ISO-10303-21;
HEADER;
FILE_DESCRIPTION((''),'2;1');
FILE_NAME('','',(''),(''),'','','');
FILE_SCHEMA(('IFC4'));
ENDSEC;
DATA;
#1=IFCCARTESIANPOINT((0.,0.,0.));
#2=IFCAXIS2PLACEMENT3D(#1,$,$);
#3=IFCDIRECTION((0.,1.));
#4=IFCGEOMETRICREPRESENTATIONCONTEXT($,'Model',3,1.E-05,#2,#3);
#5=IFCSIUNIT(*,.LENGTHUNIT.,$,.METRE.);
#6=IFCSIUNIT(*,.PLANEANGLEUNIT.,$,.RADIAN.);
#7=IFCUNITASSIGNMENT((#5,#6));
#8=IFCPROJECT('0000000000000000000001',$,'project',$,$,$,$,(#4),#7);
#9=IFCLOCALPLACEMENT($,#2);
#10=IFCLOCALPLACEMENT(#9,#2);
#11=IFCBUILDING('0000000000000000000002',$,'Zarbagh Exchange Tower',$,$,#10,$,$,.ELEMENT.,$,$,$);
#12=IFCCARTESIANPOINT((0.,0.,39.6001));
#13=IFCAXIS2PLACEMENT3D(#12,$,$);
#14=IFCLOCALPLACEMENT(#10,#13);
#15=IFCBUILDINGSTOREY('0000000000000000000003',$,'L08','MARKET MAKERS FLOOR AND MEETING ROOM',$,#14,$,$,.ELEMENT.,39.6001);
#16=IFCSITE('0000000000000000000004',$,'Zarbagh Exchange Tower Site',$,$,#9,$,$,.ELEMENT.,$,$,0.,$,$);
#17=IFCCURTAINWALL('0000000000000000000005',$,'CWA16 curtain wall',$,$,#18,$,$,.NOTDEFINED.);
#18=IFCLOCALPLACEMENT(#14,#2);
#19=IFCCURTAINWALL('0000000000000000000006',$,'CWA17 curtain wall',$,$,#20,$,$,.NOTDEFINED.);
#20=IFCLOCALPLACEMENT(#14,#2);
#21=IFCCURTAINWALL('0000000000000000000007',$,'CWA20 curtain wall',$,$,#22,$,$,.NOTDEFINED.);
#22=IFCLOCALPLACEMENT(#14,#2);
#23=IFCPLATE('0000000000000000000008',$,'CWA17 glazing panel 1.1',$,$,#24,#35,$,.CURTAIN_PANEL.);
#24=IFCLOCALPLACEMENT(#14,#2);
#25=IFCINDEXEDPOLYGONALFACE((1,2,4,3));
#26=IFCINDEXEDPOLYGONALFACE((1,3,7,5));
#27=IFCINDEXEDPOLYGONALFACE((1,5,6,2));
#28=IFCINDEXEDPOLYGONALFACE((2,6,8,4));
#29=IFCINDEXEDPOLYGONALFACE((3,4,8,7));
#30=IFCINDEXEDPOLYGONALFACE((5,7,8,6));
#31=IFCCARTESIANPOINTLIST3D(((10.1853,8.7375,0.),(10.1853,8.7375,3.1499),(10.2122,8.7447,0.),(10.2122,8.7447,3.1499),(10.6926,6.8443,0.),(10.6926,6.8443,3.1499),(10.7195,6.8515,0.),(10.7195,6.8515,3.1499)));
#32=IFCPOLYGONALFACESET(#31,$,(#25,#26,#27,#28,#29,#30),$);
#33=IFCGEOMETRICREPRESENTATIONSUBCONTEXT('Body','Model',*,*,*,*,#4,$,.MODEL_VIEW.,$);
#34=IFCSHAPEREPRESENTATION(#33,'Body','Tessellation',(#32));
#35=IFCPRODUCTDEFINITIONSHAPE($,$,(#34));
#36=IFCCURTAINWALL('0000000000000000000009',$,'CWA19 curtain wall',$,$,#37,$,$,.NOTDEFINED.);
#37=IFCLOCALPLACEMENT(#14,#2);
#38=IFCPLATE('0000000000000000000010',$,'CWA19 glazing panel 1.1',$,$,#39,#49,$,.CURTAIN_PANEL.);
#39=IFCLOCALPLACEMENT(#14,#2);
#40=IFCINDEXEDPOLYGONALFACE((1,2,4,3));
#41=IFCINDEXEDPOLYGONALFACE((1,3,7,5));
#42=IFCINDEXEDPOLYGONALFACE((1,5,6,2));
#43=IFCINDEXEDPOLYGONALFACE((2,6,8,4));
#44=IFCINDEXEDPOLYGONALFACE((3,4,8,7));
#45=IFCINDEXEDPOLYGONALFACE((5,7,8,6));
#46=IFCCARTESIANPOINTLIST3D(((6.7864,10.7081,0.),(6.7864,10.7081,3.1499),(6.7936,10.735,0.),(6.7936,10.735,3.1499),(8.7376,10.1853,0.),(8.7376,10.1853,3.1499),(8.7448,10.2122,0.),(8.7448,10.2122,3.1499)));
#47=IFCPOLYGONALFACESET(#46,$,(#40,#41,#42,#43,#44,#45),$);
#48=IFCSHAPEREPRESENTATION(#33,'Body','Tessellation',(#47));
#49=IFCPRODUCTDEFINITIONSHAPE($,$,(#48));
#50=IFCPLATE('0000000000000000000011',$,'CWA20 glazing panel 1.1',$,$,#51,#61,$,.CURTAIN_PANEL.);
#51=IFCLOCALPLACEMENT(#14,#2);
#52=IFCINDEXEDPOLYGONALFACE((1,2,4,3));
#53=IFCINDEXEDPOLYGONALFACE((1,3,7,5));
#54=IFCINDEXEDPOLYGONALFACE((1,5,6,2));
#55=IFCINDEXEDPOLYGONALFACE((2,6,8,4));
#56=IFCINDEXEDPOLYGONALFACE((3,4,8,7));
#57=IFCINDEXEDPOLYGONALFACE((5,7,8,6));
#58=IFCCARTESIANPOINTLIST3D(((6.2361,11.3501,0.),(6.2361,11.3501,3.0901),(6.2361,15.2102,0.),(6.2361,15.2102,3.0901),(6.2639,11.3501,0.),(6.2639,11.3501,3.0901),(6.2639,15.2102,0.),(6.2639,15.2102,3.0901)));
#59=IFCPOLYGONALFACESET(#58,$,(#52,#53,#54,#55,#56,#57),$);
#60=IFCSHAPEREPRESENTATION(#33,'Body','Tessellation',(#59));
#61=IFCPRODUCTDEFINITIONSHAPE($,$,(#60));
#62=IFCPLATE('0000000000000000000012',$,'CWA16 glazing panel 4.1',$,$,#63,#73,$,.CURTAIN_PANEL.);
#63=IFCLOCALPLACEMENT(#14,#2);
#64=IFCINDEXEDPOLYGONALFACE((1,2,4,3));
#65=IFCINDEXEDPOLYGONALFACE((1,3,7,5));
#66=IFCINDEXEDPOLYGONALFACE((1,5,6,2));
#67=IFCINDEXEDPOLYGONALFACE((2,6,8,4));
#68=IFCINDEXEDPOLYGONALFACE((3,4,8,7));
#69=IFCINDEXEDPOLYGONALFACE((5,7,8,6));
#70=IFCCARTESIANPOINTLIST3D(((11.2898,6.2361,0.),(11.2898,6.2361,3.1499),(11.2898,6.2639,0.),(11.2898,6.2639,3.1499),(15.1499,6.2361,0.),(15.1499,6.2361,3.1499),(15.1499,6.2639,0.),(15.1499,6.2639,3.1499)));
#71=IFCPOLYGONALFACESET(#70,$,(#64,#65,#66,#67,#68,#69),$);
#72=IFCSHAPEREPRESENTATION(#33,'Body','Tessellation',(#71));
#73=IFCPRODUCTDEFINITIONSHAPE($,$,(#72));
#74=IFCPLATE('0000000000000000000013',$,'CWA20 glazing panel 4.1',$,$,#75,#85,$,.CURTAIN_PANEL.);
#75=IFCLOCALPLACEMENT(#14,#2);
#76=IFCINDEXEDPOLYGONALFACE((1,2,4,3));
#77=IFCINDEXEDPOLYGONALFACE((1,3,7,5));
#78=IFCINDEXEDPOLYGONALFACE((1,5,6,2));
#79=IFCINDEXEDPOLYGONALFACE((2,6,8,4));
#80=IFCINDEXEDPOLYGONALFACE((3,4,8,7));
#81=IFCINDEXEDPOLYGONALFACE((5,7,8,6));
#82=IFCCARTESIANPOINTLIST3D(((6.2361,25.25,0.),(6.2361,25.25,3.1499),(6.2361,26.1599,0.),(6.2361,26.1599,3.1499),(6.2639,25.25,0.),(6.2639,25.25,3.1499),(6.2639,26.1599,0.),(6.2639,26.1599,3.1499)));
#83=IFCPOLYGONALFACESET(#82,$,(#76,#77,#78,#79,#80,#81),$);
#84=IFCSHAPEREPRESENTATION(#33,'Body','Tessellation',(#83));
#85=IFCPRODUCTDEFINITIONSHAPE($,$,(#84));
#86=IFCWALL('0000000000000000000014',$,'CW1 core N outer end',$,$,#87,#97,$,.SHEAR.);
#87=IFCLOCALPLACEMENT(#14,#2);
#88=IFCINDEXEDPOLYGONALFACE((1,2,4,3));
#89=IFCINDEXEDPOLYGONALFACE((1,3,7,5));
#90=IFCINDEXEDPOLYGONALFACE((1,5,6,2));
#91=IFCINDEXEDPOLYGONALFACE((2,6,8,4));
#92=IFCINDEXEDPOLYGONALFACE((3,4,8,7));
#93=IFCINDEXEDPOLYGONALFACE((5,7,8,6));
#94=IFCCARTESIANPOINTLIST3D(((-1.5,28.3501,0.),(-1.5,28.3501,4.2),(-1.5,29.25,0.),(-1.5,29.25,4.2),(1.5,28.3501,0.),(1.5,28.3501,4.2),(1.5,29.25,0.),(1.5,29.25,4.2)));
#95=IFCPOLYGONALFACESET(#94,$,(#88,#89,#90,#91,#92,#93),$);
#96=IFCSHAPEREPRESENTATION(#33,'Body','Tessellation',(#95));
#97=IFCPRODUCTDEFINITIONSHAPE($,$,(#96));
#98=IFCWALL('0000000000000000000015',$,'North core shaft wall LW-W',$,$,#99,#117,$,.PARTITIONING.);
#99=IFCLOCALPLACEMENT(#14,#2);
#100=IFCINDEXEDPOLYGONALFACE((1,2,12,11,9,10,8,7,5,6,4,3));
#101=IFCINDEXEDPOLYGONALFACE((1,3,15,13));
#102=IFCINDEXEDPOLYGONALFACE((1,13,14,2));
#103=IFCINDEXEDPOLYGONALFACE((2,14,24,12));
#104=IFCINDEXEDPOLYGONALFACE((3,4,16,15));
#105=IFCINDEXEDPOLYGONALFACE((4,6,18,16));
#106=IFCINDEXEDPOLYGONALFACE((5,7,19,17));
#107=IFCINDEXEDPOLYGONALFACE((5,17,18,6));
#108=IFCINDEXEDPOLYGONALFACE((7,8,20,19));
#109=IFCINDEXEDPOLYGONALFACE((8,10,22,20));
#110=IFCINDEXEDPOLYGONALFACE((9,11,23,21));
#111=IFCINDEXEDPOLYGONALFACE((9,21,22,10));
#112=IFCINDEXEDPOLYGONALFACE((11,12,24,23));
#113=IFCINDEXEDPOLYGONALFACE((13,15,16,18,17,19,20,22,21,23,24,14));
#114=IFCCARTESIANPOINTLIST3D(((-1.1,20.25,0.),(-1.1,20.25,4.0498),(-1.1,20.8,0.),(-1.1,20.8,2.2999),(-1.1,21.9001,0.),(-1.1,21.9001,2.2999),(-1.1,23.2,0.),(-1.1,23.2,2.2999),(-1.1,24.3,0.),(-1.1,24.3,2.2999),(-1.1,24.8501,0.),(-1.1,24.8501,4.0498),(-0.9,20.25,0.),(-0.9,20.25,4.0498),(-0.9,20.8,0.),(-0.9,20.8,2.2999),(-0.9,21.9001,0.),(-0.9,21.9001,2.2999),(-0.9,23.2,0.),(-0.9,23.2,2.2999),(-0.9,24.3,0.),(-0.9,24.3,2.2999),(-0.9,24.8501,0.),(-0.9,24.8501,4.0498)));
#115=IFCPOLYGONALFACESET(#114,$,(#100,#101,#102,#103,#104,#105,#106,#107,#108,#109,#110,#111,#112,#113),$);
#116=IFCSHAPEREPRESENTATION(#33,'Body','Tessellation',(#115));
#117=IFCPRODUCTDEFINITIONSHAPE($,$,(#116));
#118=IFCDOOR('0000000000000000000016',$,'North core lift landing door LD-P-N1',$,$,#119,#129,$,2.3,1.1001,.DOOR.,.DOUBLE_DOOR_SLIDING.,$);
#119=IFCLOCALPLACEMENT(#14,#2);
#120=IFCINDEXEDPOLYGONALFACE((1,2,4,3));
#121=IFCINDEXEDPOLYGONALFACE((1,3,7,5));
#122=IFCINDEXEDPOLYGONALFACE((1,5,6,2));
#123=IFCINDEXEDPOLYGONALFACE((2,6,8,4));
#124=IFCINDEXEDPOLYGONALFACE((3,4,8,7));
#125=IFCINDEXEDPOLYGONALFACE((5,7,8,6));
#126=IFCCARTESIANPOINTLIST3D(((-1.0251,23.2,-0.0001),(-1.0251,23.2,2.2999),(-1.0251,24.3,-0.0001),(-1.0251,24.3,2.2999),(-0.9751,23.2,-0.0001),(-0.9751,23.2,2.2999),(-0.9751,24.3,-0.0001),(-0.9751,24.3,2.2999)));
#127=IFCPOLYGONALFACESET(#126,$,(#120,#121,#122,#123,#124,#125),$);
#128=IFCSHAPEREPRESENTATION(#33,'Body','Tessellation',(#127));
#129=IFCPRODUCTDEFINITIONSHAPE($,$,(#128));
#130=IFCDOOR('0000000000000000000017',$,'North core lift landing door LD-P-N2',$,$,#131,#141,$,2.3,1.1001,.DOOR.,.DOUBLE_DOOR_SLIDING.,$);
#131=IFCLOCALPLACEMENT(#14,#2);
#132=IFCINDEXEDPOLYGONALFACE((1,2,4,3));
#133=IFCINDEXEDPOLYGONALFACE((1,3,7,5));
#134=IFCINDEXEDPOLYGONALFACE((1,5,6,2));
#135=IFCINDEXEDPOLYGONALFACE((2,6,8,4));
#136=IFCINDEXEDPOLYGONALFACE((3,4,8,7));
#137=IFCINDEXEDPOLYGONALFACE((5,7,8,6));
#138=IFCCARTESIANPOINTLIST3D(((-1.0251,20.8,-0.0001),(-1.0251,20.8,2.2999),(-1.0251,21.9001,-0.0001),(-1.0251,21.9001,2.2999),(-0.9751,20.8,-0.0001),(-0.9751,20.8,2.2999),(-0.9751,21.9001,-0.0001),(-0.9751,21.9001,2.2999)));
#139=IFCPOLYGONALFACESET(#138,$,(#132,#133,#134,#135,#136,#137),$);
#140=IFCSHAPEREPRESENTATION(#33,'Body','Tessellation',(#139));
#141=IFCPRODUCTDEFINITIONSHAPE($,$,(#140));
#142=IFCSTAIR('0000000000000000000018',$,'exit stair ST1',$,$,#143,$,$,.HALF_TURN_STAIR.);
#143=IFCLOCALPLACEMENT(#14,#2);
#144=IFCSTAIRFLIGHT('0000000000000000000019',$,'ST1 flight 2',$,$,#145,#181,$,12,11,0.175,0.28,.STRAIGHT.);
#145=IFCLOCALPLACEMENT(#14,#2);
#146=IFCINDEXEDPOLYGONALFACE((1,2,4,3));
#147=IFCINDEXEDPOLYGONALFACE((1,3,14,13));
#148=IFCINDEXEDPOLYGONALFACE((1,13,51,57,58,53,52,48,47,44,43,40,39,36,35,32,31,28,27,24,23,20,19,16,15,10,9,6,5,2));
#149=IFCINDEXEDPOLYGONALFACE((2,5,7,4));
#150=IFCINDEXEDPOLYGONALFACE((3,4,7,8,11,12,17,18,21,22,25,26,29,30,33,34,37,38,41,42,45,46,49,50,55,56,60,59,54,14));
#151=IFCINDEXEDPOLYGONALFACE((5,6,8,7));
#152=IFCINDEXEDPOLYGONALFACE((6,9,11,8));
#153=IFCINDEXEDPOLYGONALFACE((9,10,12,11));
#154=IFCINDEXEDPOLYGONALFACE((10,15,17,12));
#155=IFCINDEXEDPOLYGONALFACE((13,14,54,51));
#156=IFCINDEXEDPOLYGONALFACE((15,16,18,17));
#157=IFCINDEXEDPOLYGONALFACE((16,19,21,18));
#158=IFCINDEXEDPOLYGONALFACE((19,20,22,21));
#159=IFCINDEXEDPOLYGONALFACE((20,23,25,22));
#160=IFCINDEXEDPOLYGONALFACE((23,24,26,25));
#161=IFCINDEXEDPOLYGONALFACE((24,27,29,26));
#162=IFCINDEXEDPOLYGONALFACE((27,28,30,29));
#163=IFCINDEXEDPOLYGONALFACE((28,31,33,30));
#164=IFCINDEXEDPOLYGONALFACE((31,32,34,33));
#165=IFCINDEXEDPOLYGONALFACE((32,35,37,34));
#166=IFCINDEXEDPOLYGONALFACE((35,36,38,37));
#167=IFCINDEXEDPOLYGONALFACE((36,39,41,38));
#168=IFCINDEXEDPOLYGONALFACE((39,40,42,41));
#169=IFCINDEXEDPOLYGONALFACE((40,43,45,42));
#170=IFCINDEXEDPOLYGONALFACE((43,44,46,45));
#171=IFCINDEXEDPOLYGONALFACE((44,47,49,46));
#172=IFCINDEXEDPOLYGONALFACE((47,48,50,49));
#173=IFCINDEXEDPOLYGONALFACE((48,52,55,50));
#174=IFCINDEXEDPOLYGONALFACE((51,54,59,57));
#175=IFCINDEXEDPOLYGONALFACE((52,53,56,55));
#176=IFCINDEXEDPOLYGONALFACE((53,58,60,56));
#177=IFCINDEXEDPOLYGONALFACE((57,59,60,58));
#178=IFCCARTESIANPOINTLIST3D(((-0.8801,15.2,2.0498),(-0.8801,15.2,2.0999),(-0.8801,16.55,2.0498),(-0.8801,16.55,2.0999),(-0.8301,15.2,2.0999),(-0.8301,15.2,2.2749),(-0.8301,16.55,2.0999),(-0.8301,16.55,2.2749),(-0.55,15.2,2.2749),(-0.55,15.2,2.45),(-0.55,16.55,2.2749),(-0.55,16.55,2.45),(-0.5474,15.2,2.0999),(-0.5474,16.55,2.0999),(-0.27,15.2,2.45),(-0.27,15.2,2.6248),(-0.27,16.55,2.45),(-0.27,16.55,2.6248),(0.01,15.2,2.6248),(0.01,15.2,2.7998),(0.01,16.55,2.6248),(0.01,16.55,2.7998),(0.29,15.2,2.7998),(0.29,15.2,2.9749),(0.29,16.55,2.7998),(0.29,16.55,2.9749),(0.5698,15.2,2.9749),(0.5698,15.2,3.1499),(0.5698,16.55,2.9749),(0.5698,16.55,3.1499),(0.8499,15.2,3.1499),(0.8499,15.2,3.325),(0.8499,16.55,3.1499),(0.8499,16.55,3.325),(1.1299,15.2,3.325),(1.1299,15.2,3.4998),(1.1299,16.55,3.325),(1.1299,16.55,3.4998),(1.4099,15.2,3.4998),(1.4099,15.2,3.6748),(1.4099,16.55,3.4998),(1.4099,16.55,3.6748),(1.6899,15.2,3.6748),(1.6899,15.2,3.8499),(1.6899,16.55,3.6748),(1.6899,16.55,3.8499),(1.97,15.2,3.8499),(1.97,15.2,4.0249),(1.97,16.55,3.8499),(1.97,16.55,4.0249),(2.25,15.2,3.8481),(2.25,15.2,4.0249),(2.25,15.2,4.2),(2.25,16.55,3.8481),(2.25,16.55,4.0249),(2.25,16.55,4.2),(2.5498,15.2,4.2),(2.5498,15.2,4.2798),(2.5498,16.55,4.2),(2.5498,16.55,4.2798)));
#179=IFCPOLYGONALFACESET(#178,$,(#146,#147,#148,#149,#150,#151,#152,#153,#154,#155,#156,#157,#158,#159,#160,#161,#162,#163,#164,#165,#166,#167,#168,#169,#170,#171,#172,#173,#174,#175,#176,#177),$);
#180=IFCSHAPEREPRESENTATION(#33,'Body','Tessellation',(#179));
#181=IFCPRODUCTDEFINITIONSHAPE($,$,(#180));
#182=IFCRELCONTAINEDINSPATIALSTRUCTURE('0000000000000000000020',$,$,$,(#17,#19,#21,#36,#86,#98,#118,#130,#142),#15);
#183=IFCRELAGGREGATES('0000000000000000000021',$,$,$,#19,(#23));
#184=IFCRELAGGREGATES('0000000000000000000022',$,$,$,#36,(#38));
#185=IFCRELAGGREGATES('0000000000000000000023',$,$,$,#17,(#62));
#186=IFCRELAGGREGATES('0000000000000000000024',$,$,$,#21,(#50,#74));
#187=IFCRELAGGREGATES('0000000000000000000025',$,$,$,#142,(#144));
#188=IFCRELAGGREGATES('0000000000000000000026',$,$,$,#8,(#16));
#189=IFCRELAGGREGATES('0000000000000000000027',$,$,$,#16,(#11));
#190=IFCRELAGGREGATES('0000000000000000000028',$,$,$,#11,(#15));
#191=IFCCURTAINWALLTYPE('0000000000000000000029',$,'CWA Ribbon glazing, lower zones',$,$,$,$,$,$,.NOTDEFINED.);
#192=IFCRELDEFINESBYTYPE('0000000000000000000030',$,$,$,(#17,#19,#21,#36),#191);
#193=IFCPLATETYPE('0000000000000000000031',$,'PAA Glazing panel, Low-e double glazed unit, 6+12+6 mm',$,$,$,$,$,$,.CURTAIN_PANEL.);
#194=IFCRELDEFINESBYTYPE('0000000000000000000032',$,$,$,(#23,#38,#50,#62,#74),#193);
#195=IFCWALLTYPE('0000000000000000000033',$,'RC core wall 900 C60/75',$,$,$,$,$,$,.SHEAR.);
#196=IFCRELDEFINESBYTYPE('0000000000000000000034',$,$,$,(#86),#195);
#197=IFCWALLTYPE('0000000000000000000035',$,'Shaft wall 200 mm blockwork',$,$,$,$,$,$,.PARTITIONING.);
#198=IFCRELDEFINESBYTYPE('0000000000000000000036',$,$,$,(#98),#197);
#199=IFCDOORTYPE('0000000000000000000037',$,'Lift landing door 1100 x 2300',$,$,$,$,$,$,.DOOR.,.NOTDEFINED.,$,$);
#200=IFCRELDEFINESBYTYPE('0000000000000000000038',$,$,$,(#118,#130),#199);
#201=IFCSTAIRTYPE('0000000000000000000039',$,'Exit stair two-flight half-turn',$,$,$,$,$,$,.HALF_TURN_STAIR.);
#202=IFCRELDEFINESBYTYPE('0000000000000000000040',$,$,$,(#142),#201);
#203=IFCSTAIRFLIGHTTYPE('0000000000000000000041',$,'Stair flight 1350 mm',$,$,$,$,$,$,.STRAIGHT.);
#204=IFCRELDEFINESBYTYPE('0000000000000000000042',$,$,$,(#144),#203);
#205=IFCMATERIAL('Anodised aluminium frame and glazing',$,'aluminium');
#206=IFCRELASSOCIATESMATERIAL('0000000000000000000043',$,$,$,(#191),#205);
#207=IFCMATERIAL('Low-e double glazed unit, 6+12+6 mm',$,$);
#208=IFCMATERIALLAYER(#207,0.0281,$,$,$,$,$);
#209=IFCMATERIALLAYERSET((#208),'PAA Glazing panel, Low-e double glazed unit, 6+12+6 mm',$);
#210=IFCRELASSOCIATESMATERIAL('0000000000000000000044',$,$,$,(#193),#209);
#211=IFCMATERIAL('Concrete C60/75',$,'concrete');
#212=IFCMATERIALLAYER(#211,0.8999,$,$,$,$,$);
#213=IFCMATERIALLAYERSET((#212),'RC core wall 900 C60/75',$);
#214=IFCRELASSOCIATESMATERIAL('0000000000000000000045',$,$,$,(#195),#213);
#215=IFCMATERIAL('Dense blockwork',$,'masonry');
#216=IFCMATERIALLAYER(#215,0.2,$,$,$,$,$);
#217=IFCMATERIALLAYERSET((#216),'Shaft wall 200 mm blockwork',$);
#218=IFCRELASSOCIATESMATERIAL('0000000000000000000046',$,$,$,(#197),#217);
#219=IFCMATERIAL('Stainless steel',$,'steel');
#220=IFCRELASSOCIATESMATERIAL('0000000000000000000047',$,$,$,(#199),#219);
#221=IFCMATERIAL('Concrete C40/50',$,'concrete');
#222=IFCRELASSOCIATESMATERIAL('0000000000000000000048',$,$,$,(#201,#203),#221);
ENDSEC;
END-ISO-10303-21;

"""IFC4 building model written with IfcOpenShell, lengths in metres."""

from ifc_helpers import new_model, si_unit, direction, frame, frame_2d, origin, place, context, subcontext, project, spatial, polyline, rectangle, outline, extrude, source, transform, mapped, material, layer, layer_set, type_object, element, fill, aggregate, save


model = new_model("IFC4")

# Units and contexts
model_context = context("Model", 3, precision=1e-05, world=origin(), true_north=direction((0.0, 1.0)))
body_context = subcontext(model_context, "Body", "Model", "MODEL_VIEW")
ifc_project = project(units=[si_unit("LENGTHUNIT", "METRE"), si_unit("PLANEANGLEUNIT", "RADIAN")], contexts=[model_context])

# Site, building, storey
site_placement = place(None, origin())
site = spatial("IfcSite", under=ifc_project, at=site_placement, Name="Zarbagh Exchange Tower Site", CompositionType="ELEMENT", RefElevation=0.0)
building_placement = place(site_placement, origin())
building = spatial("IfcBuilding", under=site, at=building_placement, Name="Zarbagh Exchange Tower", CompositionType="ELEMENT")
storey_placement = place(building_placement, frame((0.0, 0.0, 39.6001)))
storey = spatial("IfcBuildingStorey", under=building, at=storey_placement, Name="L08", Description="MARKET MAKERS FLOOR AND MEETING ROOM", CompositionType="ELEMENT", Elevation=39.6001)

# Shared definitions
ifc_material_1 = material(Name="Concrete C60/75", Category="concrete")

# Curtain wall
ifc_material_2 = material(Name="Anodised aluminium frame and glazing", Category="aluminium")
curtain_wall_type = type_object("IfcCurtainWallType", Name="CWA Ribbon glazing, lower zones", PredefinedType="NOTDEFINED", material=ifc_material_2)
curtain_wall_1_placement = place(storey_placement, origin())
curtain_wall_1 = element("IfcCurtainWall", 1, at=curtain_wall_1_placement, inside=storey, type_object=curtain_wall_type, Name="CWA16 curtain wall", PredefinedType="NOTDEFINED")
placement = place(storey_placement, origin())

# Curtain wall
curtain_wall_2_placement = place(storey_placement, origin())
curtain_wall_2 = element("IfcCurtainWall", 2, at=curtain_wall_2_placement, inside=storey, type_object=curtain_wall_type, Name="CWA17 curtain wall", PredefinedType="NOTDEFINED")

# Curtain wall
curtain_wall_3_placement = place(storey_placement, origin())
curtain_wall_3 = element("IfcCurtainWall", 3, at=curtain_wall_3_placement, inside=storey, type_object=curtain_wall_type, Name="CWA20 curtain wall", PredefinedType="NOTDEFINED")

# Shared definitions
ifc_material_3 = material(Name="Low-e double glazed unit, 6+12+6 mm")
ifc_layer_1 = layer(ifc_material_3, 0.0281)
ifc_layer_set_1 = layer_set([ifc_layer_1], Name="PAA Glazing panel, Low-e double glazed unit, 6+12+6 mm")
plate_type = type_object("IfcPlateType", Name="PAA Glazing panel, Low-e double glazed unit, 6+12+6 mm", PredefinedType="CURTAIN_PANEL", material=ifc_layer_set_1)

# Plate
shared_shape_1 = source(origin(), body_context, "Body", "SweptSolid", [
    extrude(outline(polyline([(0.0, -0.0139), (1.96, -0.0139), (1.96, 0.0139), (0.0, 0.0139), (0.0, -0.0139)])), origin(), (0.0, 0.0, 1.0), 3.1499),
])
plate_1 = element("IfcPlate", 4, at=placement, type_object=plate_type, Name="CWA17 glazing panel 1.1", PredefinedType="CURTAIN_PANEL", context=body_context, shape_type="MappedRepresentation", body=[
    mapped(shared_shape_1, transform((10.7061, 6.8479, 0.0), x_axis=(-0.258825, 0.965924, 0.0), y_axis=(-0.965924, -0.258825, 0.0), z_axis=(0.0, 0.0, 1.0))),
])
aggregate(curtain_wall_2, [plate_1])

# Curtain wall, plate
curtain_wall_4_placement = place(storey_placement, origin())
curtain_wall_4 = element("IfcCurtainWall", 5, at=curtain_wall_4_placement, inside=storey, type_object=curtain_wall_type, Name="CWA19 curtain wall", PredefinedType="NOTDEFINED")
shared_shape_2 = source(origin(), body_context, "Body", "SweptSolid", [
    extrude(outline(polyline([(0.0, -0.0139), (2.02, -0.0139), (2.02, 0.0139), (0.0, 0.0139), (0.0, -0.0139)])), origin(), (0.0, 0.0, 1.0), 3.1499),
])
plate_2 = element("IfcPlate", 6, at=placement, type_object=plate_type, Name="CWA19 glazing panel 1.1", PredefinedType="CURTAIN_PANEL", context=body_context, shape_type="MappedRepresentation", body=[
    mapped(shared_shape_2, transform((8.7412, 10.1987, 0.0), x_axis=(-0.965924, 0.258825, 0.0), y_axis=(-0.258825, -0.965924, 0.0), z_axis=(0.0, 0.0, 1.0))),
])
aggregate(curtain_wall_4, [plate_2])

# Plates
shared_shape_3 = source(origin(), body_context, "Body", "SweptSolid", [
    extrude(outline(polyline([(0.0, -0.0139), (3.8601, -0.0139), (3.8601, 0.0139), (0.0, 0.0139), (0.0, -0.0139)])), origin(), (0.0, 0.0, 1.0), 3.0901),
])
plate_3 = element("IfcPlate", 7, at=placement, type_object=plate_type, Name="CWA20 glazing panel 1.1", PredefinedType="CURTAIN_PANEL", context=body_context, shape_type="MappedRepresentation", body=[
    mapped(shared_shape_3, transform((6.25, 11.3501, 0.0), x_axis=(0.0, 1.0, 0.0), y_axis=(-1.0, 0.0, 0.0), z_axis=(0.0, 0.0, 1.0))),
])
shared_shape_4 = source(origin(), body_context, "Body", "SweptSolid", [
    extrude(outline(polyline([(0.0, -0.0139), (3.8601, -0.0139), (3.8601, 0.0139), (0.0, 0.0139), (0.0, -0.0139)])), origin(), (0.0, 0.0, 1.0), 3.1499),
])
plate_4 = element("IfcPlate", 8, at=placement, type_object=plate_type, Name="CWA16 glazing panel 4.1", PredefinedType="CURTAIN_PANEL", context=body_context, shape_type="MappedRepresentation", body=[
    mapped(shared_shape_4, transform((15.1499, 6.25, 0.0), x_axis=(-1.0, 0.0, 0.0), y_axis=(0.0, -1.0, 0.0), z_axis=(0.0, 0.0, 1.0))),
])
aggregate(curtain_wall_1, [plate_4])
shared_shape_5 = source(origin(), body_context, "Body", "SweptSolid", [
    extrude(outline(polyline([(0.0, -0.0139), (0.9099, -0.0139), (0.9099, 0.0139), (0.0, 0.0139), (0.0, -0.0139)])), origin(), (0.0, 0.0, 1.0), 3.1499),
])
plate_5 = element("IfcPlate", 9, at=placement, type_object=plate_type, Name="CWA20 glazing panel 4.1", PredefinedType="CURTAIN_PANEL", context=body_context, shape_type="MappedRepresentation", body=[
    mapped(shared_shape_5, transform((6.25, 25.25, 0.0), x_axis=(0.0, 1.0, 0.0), y_axis=(-1.0, 0.0, 0.0), z_axis=(0.0, 0.0, 1.0))),
])
aggregate(curtain_wall_3, [plate_3, plate_5])

# Wall
ifc_layer_2 = layer(ifc_material_1, 0.8999)
ifc_layer_set_2 = layer_set([ifc_layer_2], Name="RC core wall 900 C60/75")
wall_type_1 = type_object("IfcWallType", Name="RC core wall 900 C60/75", PredefinedType="SHEAR", material=ifc_layer_set_2)
wall_1_placement = place(storey_placement, frame((-1.5, 28.8, 0.0), z_axis=(0.0, 0.0, 1.0), x_axis=(1.0, 0.0, 0.0)))
element("IfcWall", 10, at=wall_1_placement, inside=storey, type_object=wall_type_1, Name="CW1 core N outer end", PredefinedType="SHEAR", context=body_context, shape_type="SweptSolid", body=[
    extrude(rectangle(XDim=3.0, YDim=0.8999, at=frame_2d((1.5, 0.0))), origin(), (0.0, 0.0, 1.0), 4.2),
])

# Wall, openings, doors
ifc_material_4 = material(Name="Dense blockwork", Category="masonry")
ifc_layer_3 = layer(ifc_material_4, 0.2)
ifc_layer_set_3 = layer_set([ifc_layer_3], Name="Shaft wall 200 mm blockwork")
wall_type_2 = type_object("IfcWallType", Name="Shaft wall 200 mm blockwork", PredefinedType="PARTITIONING", material=ifc_layer_set_3)
wall_2_placement = place(storey_placement, frame((-1.0, 24.8501, 0.0), z_axis=(0.0, 0.0, 1.0), x_axis=(0.0, -1.0, 0.0)))
wall_2 = element("IfcWall", 11, at=wall_2_placement, inside=storey, type_object=wall_type_2, Name="North core shaft wall LW-W", PredefinedType="PARTITIONING", context=body_context, shape_type="SweptSolid", body=[
    extrude(rectangle(XDim=4.6001, YDim=0.2, at=frame_2d((2.3, 0.0))), origin(), (0.0, 0.0, 1.0), 4.0498),
])
opening_1_placement = place(wall_2_placement, frame((0.55, 0.0, 0.0)))
opening_1 = element("IfcOpeningElement", 12, at=opening_1_placement, cuts=wall_2, PredefinedType="OPENING", context=body_context, shape_type="SweptSolid", body=[
    extrude(rectangle(XDim=1.1001, YDim=2.3, at=frame_2d((0.55, 1.1499))), frame((0.0, 0.1099, 0.0), z_axis=(0.0, -1.0, 0.0), x_axis=(1.0, 0.0, 0.0)), (0.0, 0.0, 1.0), 0.22),
])
opening_2_placement = place(wall_2_placement, frame((2.95, 0.0, 0.0)))
opening_2 = element("IfcOpeningElement", 13, at=opening_2_placement, cuts=wall_2, PredefinedType="OPENING", context=body_context, shape_type="SweptSolid", body=[
    extrude(rectangle(XDim=1.1001, YDim=2.3, at=frame_2d((0.55, 1.1499))), frame((0.0, 0.1099, 0.0), z_axis=(0.0, -1.0, 0.0), x_axis=(1.0, 0.0, 0.0)), (0.0, 0.0, 1.0), 0.22),
])
ifc_material_5 = material(Name="Stainless steel", Category="steel")
door_type = type_object("IfcDoorType", Name="Lift landing door 1100 x 2300", OperationType="NOTDEFINED", PredefinedType="DOOR", material=ifc_material_5)
door_1_placement = place(opening_1_placement, origin())
door_1 = element("IfcDoor", 14, at=door_1_placement, inside=storey, type_object=door_type, Name="North core lift landing door LD-P-N1", OperationType="DOUBLE_DOOR_SLIDING", OverallHeight=2.3, OverallWidth=1.1001, PredefinedType="DOOR", context=body_context, shape_type="SweptSolid", body=[
    extrude(rectangle(XDim=1.1001, YDim=2.3, at=frame_2d((0.55, 1.1499))), frame((0.0, 0.0249, 0.0), z_axis=(0.0, -1.0, 0.0), x_axis=(1.0, 0.0, 0.0)), (0.0, 0.0, 1.0), 0.05),
])
fill(opening_1, door_1)
door_2_placement = place(opening_2_placement, origin())
door_2 = element("IfcDoor", 15, at=door_2_placement, inside=storey, type_object=door_type, Name="North core lift landing door LD-P-N2", OperationType="DOUBLE_DOOR_SLIDING", OverallHeight=2.3, OverallWidth=1.1001, PredefinedType="DOOR", context=body_context, shape_type="SweptSolid", body=[
    extrude(rectangle(XDim=1.1001, YDim=2.3, at=frame_2d((0.55, 1.1499))), frame((0.0, 0.0249, 0.0), z_axis=(0.0, -1.0, 0.0), x_axis=(1.0, 0.0, 0.0)), (0.0, 0.0, 1.0), 0.05),
])
fill(opening_2, door_2)

# Stair, stair flight
ifc_material_6 = material(Name="Concrete C40/50", Category="concrete")
stair_type = type_object("IfcStairType", Name="Exit stair two-flight half-turn", PredefinedType="HALF_TURN_STAIR", material=ifc_material_6)
stair_placement = place(storey_placement, origin())
stair = element("IfcStair", 16, at=stair_placement, inside=storey, type_object=stair_type, Name="exit stair ST1", PredefinedType="HALF_TURN_STAIR")
stair_flight_type = type_object("IfcStairFlightType", Name="Stair flight 1350 mm", PredefinedType="STRAIGHT", material=ifc_material_6)
stair_flight_placement = place(storey_placement, frame((-0.8301, 15.875, 2.0999), z_axis=(0.0, 0.0, 1.0), x_axis=(1.0, 0.0, 0.0)))
stair_flight = element("IfcStairFlight", 17, at=stair_flight_placement, type_object=stair_flight_type, Name="ST1 flight 2", NumberOfRisers=12, NumberOfTreads=11, PredefinedType="STRAIGHT", RiserHeight=0.175, TreadLength=0.28, context=body_context, shape_type="SweptSolid", body=[
    extrude(outline(polyline([(-0.05, -0.05), (-0.05, 0.0), (0.0, 0.0), (0.0, 0.175), (0.28, 0.175), (0.28, 0.3501), (0.5601, 0.3501), (0.5601, 0.5249), (0.8401, 0.5249), (0.8401, 0.7), (1.1201, 0.7), (1.1201, 0.875), (1.3999, 0.875), (1.3999, 1.05), (1.6799, 1.05), (1.6799, 1.2251), (1.96, 1.2251), (1.96, 1.3999), (2.24, 1.3999), (2.24, 1.575), (2.52, 1.575), (2.52, 1.75), (2.8, 1.75), (2.8, 1.925), (3.0801, 1.925), (3.0801, 2.1001), (3.3799, 2.1799), (3.3799, 2.1001), (3.0801, 1.7483), (0.2827, 0.0), (-0.05, -0.05)])), frame((0.0, 0.675, 0.0), z_axis=(0.0, -1.0, 0.0), x_axis=(1.0, 0.0, 0.0)), (0.0, 0.0, 1.0), 1.3501),
])
aggregate(stair, [stair_flight])

save(model, "model.ifc")
